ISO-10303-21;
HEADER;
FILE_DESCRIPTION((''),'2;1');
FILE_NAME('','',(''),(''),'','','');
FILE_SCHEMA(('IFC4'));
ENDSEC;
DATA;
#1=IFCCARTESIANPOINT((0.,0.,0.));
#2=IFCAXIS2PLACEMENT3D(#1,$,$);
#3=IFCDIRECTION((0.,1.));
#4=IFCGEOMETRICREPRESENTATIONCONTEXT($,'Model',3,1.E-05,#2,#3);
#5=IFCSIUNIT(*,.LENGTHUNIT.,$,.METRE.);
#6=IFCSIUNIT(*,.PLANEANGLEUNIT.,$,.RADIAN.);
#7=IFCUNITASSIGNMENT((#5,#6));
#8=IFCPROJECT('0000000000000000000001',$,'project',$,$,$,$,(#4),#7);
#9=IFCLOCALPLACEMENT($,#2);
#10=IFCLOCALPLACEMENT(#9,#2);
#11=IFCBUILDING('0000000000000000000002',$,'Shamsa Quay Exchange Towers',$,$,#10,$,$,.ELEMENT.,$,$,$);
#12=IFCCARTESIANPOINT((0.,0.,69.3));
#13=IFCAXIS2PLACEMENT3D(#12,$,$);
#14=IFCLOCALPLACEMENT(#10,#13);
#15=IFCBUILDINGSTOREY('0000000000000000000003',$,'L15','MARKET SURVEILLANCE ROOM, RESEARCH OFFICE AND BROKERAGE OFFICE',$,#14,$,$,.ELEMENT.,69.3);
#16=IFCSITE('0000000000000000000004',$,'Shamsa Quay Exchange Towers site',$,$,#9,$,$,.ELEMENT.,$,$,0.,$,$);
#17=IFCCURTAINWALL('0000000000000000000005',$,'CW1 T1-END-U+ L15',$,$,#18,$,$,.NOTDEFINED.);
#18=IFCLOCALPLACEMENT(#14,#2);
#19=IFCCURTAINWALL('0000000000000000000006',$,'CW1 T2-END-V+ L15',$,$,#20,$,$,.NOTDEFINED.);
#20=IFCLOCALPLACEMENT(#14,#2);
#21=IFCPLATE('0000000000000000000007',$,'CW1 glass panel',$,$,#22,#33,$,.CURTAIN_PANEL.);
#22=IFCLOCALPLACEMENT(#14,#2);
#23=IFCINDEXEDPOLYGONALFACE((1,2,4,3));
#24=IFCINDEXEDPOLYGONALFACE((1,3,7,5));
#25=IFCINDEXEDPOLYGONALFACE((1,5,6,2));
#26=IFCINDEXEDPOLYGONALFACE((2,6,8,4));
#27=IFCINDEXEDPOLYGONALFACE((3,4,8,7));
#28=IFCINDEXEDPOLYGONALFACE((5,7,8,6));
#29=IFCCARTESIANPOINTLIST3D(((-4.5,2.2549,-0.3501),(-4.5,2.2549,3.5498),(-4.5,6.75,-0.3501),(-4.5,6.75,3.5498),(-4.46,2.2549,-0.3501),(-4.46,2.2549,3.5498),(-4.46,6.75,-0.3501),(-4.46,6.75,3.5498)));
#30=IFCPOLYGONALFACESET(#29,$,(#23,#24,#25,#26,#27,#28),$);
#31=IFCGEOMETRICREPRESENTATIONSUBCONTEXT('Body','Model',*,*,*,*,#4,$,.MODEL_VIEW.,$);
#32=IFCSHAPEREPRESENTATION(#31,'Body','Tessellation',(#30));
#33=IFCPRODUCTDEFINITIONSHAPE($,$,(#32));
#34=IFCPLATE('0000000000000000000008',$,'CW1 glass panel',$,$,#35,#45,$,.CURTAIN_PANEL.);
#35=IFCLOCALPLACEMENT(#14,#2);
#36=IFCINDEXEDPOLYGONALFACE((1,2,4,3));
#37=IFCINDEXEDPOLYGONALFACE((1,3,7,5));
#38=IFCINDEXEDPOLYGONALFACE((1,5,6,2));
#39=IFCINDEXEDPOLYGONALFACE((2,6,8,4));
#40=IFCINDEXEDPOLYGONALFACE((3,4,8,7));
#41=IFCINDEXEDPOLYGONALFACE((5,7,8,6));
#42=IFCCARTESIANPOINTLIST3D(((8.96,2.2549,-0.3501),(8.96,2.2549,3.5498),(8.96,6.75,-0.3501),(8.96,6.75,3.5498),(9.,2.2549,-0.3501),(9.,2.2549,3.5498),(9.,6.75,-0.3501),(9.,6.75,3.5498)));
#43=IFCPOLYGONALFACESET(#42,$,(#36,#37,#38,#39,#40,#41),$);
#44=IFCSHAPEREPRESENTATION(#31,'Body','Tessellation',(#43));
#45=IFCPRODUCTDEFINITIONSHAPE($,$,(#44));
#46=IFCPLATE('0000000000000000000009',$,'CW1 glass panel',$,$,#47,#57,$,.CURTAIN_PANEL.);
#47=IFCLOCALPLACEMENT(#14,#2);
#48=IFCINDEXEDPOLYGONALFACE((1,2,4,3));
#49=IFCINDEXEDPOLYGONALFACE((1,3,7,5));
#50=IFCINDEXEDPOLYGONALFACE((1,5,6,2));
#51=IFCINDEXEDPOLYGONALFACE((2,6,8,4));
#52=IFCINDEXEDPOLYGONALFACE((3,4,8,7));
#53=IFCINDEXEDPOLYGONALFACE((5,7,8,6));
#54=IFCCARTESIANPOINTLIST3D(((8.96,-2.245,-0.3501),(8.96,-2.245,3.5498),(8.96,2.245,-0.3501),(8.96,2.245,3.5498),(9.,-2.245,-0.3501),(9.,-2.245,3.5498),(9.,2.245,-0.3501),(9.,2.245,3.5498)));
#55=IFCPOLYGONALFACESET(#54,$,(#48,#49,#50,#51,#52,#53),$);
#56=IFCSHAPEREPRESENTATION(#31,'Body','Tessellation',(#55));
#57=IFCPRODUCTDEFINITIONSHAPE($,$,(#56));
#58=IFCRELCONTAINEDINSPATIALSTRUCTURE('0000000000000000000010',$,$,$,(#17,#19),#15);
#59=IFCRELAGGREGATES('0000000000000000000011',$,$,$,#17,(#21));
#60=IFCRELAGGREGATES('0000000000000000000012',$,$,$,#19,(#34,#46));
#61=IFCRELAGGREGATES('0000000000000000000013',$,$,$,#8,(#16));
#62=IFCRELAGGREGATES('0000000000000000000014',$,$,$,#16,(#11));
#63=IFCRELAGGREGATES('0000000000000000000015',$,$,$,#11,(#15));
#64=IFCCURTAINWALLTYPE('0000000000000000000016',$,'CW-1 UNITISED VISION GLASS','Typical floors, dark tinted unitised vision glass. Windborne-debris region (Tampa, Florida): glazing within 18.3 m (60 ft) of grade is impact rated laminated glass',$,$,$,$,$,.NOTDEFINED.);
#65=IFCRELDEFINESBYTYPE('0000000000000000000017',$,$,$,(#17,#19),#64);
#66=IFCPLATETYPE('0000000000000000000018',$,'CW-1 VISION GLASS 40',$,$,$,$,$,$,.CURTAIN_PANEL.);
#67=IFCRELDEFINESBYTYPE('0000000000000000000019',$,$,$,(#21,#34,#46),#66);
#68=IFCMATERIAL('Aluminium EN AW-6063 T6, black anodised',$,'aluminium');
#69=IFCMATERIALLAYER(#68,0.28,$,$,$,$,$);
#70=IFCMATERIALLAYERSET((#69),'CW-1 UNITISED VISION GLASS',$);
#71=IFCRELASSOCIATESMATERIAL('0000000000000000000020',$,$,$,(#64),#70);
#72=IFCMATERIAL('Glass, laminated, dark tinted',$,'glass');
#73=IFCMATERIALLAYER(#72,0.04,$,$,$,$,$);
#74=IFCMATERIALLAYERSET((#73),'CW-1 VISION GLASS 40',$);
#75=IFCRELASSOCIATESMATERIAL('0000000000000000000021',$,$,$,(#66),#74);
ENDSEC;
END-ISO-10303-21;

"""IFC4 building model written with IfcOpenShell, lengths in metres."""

from ifc_helpers import new_model, si_unit, direction, frame, origin, origin_2d, place, context, subcontext, project, spatial, rectangle, extrude, material, layer, layer_set, type_object, element, aggregate, save


model = new_model("IFC4")

# Units and contexts
model_context = context("Model", 3, precision=1e-05, world=origin(), true_north=direction((0.0, 1.0)))
body_context = subcontext(model_context, "Body", "Model", "MODEL_VIEW")
ifc_project = project(units=[si_unit("LENGTHUNIT", "METRE"), si_unit("PLANEANGLEUNIT", "RADIAN")], contexts=[model_context])

# Site, building, storey
site_placement = place(None, origin())
site = spatial("IfcSite", under=ifc_project, at=site_placement, Name="Shamsa Quay Exchange Towers site", CompositionType="ELEMENT", RefElevation=0.0)
building_placement = place(site_placement, origin())
building = spatial("IfcBuilding", under=site, at=building_placement, Name="Shamsa Quay Exchange Towers", CompositionType="ELEMENT")
storey_placement = place(building_placement, frame((0.0, 0.0, 69.3)))
storey = spatial("IfcBuildingStorey", under=building, at=storey_placement, Name="L15", Description="MARKET SURVEILLANCE ROOM, RESEARCH OFFICE AND BROKERAGE OFFICE", CompositionType="ELEMENT", Elevation=69.3)

# Curtain walls
ifc_material_1 = material(Name="Aluminium EN AW-6063 T6, black anodised", Category="aluminium")
ifc_layer_1 = layer(ifc_material_1, 0.28)
ifc_layer_set_1 = layer_set([ifc_layer_1], Name="CW-1 UNITISED VISION GLASS")
curtain_wall_type = type_object("IfcCurtainWallType", Name="CW-1 UNITISED VISION GLASS", Description="Typical floors, dark tinted unitised vision glass. Windborne-debris region (Tampa, Florida): glazing within 18.3 m (60 ft) of grade is impact rated laminated glass", PredefinedType="NOTDEFINED", material=ifc_layer_set_1)
curtain_wall_1_placement = place(storey_placement, origin())
curtain_wall_1 = element("IfcCurtainWall", 1, at=curtain_wall_1_placement, inside=storey, type_object=curtain_wall_type, Name="CW1 T1-END-U+ L15", PredefinedType="NOTDEFINED")
curtain_wall_2_placement = place(storey_placement, origin())
curtain_wall_2 = element("IfcCurtainWall", 2, at=curtain_wall_2_placement, inside=storey, type_object=curtain_wall_type, Name="CW1 T2-END-V+ L15", PredefinedType="NOTDEFINED")

# Plates
ifc_material_2 = material(Name="Glass, laminated, dark tinted", Category="glass")
ifc_layer_2 = layer(ifc_material_2, 0.04)
ifc_layer_set_2 = layer_set([ifc_layer_2], Name="CW-1 VISION GLASS 40")
plate_type = type_object("IfcPlateType", Name="CW-1 VISION GLASS 40", PredefinedType="CURTAIN_PANEL", material=ifc_layer_set_2)
plate_1_placement = place(storey_placement, frame((-4.48, 4.5024, -0.3501), z_axis=(0.0, 0.0, 1.0), x_axis=(0.0, 1.0, 0.0)))
plate_1 = element("IfcPlate", 3, at=plate_1_placement, type_object=plate_type, Name="CW1 glass panel", PredefinedType="CURTAIN_PANEL", context=body_context, shape_type="SweptSolid", body=[
    extrude(rectangle(XDim=4.4951, YDim=0.04, at=origin_2d()), origin(), (0.0, 0.0, 1.0), 3.8999),
])
aggregate(curtain_wall_1, [plate_1])
plate_2_placement = place(storey_placement, frame((8.98, 4.5024, -0.3501), z_axis=(0.0, 0.0, 1.0), x_axis=(0.0, -1.0, 0.0)))
plate_2 = element("IfcPlate", 4, at=plate_2_placement, type_object=plate_type, Name="CW1 glass panel", PredefinedType="CURTAIN_PANEL", context=body_context, shape_type="SweptSolid", body=[
    extrude(rectangle(XDim=4.4951, YDim=0.04, at=origin_2d()), origin(), (0.0, 0.0, 1.0), 3.8999),
])
plate_3_placement = place(storey_placement, frame((8.98, 0.0, -0.3501), z_axis=(0.0, 0.0, 1.0), x_axis=(0.0, -1.0, 0.0)))
plate_3 = element("IfcPlate", 5, at=plate_3_placement, type_object=plate_type, Name="CW1 glass panel", PredefinedType="CURTAIN_PANEL", context=body_context, shape_type="SweptSolid", body=[
    extrude(rectangle(XDim=4.49, YDim=0.04, at=origin_2d()), origin(), (0.0, 0.0, 1.0), 3.8999),
])
aggregate(curtain_wall_2, [plate_2, plate_3])

save(model, "model.ifc")
